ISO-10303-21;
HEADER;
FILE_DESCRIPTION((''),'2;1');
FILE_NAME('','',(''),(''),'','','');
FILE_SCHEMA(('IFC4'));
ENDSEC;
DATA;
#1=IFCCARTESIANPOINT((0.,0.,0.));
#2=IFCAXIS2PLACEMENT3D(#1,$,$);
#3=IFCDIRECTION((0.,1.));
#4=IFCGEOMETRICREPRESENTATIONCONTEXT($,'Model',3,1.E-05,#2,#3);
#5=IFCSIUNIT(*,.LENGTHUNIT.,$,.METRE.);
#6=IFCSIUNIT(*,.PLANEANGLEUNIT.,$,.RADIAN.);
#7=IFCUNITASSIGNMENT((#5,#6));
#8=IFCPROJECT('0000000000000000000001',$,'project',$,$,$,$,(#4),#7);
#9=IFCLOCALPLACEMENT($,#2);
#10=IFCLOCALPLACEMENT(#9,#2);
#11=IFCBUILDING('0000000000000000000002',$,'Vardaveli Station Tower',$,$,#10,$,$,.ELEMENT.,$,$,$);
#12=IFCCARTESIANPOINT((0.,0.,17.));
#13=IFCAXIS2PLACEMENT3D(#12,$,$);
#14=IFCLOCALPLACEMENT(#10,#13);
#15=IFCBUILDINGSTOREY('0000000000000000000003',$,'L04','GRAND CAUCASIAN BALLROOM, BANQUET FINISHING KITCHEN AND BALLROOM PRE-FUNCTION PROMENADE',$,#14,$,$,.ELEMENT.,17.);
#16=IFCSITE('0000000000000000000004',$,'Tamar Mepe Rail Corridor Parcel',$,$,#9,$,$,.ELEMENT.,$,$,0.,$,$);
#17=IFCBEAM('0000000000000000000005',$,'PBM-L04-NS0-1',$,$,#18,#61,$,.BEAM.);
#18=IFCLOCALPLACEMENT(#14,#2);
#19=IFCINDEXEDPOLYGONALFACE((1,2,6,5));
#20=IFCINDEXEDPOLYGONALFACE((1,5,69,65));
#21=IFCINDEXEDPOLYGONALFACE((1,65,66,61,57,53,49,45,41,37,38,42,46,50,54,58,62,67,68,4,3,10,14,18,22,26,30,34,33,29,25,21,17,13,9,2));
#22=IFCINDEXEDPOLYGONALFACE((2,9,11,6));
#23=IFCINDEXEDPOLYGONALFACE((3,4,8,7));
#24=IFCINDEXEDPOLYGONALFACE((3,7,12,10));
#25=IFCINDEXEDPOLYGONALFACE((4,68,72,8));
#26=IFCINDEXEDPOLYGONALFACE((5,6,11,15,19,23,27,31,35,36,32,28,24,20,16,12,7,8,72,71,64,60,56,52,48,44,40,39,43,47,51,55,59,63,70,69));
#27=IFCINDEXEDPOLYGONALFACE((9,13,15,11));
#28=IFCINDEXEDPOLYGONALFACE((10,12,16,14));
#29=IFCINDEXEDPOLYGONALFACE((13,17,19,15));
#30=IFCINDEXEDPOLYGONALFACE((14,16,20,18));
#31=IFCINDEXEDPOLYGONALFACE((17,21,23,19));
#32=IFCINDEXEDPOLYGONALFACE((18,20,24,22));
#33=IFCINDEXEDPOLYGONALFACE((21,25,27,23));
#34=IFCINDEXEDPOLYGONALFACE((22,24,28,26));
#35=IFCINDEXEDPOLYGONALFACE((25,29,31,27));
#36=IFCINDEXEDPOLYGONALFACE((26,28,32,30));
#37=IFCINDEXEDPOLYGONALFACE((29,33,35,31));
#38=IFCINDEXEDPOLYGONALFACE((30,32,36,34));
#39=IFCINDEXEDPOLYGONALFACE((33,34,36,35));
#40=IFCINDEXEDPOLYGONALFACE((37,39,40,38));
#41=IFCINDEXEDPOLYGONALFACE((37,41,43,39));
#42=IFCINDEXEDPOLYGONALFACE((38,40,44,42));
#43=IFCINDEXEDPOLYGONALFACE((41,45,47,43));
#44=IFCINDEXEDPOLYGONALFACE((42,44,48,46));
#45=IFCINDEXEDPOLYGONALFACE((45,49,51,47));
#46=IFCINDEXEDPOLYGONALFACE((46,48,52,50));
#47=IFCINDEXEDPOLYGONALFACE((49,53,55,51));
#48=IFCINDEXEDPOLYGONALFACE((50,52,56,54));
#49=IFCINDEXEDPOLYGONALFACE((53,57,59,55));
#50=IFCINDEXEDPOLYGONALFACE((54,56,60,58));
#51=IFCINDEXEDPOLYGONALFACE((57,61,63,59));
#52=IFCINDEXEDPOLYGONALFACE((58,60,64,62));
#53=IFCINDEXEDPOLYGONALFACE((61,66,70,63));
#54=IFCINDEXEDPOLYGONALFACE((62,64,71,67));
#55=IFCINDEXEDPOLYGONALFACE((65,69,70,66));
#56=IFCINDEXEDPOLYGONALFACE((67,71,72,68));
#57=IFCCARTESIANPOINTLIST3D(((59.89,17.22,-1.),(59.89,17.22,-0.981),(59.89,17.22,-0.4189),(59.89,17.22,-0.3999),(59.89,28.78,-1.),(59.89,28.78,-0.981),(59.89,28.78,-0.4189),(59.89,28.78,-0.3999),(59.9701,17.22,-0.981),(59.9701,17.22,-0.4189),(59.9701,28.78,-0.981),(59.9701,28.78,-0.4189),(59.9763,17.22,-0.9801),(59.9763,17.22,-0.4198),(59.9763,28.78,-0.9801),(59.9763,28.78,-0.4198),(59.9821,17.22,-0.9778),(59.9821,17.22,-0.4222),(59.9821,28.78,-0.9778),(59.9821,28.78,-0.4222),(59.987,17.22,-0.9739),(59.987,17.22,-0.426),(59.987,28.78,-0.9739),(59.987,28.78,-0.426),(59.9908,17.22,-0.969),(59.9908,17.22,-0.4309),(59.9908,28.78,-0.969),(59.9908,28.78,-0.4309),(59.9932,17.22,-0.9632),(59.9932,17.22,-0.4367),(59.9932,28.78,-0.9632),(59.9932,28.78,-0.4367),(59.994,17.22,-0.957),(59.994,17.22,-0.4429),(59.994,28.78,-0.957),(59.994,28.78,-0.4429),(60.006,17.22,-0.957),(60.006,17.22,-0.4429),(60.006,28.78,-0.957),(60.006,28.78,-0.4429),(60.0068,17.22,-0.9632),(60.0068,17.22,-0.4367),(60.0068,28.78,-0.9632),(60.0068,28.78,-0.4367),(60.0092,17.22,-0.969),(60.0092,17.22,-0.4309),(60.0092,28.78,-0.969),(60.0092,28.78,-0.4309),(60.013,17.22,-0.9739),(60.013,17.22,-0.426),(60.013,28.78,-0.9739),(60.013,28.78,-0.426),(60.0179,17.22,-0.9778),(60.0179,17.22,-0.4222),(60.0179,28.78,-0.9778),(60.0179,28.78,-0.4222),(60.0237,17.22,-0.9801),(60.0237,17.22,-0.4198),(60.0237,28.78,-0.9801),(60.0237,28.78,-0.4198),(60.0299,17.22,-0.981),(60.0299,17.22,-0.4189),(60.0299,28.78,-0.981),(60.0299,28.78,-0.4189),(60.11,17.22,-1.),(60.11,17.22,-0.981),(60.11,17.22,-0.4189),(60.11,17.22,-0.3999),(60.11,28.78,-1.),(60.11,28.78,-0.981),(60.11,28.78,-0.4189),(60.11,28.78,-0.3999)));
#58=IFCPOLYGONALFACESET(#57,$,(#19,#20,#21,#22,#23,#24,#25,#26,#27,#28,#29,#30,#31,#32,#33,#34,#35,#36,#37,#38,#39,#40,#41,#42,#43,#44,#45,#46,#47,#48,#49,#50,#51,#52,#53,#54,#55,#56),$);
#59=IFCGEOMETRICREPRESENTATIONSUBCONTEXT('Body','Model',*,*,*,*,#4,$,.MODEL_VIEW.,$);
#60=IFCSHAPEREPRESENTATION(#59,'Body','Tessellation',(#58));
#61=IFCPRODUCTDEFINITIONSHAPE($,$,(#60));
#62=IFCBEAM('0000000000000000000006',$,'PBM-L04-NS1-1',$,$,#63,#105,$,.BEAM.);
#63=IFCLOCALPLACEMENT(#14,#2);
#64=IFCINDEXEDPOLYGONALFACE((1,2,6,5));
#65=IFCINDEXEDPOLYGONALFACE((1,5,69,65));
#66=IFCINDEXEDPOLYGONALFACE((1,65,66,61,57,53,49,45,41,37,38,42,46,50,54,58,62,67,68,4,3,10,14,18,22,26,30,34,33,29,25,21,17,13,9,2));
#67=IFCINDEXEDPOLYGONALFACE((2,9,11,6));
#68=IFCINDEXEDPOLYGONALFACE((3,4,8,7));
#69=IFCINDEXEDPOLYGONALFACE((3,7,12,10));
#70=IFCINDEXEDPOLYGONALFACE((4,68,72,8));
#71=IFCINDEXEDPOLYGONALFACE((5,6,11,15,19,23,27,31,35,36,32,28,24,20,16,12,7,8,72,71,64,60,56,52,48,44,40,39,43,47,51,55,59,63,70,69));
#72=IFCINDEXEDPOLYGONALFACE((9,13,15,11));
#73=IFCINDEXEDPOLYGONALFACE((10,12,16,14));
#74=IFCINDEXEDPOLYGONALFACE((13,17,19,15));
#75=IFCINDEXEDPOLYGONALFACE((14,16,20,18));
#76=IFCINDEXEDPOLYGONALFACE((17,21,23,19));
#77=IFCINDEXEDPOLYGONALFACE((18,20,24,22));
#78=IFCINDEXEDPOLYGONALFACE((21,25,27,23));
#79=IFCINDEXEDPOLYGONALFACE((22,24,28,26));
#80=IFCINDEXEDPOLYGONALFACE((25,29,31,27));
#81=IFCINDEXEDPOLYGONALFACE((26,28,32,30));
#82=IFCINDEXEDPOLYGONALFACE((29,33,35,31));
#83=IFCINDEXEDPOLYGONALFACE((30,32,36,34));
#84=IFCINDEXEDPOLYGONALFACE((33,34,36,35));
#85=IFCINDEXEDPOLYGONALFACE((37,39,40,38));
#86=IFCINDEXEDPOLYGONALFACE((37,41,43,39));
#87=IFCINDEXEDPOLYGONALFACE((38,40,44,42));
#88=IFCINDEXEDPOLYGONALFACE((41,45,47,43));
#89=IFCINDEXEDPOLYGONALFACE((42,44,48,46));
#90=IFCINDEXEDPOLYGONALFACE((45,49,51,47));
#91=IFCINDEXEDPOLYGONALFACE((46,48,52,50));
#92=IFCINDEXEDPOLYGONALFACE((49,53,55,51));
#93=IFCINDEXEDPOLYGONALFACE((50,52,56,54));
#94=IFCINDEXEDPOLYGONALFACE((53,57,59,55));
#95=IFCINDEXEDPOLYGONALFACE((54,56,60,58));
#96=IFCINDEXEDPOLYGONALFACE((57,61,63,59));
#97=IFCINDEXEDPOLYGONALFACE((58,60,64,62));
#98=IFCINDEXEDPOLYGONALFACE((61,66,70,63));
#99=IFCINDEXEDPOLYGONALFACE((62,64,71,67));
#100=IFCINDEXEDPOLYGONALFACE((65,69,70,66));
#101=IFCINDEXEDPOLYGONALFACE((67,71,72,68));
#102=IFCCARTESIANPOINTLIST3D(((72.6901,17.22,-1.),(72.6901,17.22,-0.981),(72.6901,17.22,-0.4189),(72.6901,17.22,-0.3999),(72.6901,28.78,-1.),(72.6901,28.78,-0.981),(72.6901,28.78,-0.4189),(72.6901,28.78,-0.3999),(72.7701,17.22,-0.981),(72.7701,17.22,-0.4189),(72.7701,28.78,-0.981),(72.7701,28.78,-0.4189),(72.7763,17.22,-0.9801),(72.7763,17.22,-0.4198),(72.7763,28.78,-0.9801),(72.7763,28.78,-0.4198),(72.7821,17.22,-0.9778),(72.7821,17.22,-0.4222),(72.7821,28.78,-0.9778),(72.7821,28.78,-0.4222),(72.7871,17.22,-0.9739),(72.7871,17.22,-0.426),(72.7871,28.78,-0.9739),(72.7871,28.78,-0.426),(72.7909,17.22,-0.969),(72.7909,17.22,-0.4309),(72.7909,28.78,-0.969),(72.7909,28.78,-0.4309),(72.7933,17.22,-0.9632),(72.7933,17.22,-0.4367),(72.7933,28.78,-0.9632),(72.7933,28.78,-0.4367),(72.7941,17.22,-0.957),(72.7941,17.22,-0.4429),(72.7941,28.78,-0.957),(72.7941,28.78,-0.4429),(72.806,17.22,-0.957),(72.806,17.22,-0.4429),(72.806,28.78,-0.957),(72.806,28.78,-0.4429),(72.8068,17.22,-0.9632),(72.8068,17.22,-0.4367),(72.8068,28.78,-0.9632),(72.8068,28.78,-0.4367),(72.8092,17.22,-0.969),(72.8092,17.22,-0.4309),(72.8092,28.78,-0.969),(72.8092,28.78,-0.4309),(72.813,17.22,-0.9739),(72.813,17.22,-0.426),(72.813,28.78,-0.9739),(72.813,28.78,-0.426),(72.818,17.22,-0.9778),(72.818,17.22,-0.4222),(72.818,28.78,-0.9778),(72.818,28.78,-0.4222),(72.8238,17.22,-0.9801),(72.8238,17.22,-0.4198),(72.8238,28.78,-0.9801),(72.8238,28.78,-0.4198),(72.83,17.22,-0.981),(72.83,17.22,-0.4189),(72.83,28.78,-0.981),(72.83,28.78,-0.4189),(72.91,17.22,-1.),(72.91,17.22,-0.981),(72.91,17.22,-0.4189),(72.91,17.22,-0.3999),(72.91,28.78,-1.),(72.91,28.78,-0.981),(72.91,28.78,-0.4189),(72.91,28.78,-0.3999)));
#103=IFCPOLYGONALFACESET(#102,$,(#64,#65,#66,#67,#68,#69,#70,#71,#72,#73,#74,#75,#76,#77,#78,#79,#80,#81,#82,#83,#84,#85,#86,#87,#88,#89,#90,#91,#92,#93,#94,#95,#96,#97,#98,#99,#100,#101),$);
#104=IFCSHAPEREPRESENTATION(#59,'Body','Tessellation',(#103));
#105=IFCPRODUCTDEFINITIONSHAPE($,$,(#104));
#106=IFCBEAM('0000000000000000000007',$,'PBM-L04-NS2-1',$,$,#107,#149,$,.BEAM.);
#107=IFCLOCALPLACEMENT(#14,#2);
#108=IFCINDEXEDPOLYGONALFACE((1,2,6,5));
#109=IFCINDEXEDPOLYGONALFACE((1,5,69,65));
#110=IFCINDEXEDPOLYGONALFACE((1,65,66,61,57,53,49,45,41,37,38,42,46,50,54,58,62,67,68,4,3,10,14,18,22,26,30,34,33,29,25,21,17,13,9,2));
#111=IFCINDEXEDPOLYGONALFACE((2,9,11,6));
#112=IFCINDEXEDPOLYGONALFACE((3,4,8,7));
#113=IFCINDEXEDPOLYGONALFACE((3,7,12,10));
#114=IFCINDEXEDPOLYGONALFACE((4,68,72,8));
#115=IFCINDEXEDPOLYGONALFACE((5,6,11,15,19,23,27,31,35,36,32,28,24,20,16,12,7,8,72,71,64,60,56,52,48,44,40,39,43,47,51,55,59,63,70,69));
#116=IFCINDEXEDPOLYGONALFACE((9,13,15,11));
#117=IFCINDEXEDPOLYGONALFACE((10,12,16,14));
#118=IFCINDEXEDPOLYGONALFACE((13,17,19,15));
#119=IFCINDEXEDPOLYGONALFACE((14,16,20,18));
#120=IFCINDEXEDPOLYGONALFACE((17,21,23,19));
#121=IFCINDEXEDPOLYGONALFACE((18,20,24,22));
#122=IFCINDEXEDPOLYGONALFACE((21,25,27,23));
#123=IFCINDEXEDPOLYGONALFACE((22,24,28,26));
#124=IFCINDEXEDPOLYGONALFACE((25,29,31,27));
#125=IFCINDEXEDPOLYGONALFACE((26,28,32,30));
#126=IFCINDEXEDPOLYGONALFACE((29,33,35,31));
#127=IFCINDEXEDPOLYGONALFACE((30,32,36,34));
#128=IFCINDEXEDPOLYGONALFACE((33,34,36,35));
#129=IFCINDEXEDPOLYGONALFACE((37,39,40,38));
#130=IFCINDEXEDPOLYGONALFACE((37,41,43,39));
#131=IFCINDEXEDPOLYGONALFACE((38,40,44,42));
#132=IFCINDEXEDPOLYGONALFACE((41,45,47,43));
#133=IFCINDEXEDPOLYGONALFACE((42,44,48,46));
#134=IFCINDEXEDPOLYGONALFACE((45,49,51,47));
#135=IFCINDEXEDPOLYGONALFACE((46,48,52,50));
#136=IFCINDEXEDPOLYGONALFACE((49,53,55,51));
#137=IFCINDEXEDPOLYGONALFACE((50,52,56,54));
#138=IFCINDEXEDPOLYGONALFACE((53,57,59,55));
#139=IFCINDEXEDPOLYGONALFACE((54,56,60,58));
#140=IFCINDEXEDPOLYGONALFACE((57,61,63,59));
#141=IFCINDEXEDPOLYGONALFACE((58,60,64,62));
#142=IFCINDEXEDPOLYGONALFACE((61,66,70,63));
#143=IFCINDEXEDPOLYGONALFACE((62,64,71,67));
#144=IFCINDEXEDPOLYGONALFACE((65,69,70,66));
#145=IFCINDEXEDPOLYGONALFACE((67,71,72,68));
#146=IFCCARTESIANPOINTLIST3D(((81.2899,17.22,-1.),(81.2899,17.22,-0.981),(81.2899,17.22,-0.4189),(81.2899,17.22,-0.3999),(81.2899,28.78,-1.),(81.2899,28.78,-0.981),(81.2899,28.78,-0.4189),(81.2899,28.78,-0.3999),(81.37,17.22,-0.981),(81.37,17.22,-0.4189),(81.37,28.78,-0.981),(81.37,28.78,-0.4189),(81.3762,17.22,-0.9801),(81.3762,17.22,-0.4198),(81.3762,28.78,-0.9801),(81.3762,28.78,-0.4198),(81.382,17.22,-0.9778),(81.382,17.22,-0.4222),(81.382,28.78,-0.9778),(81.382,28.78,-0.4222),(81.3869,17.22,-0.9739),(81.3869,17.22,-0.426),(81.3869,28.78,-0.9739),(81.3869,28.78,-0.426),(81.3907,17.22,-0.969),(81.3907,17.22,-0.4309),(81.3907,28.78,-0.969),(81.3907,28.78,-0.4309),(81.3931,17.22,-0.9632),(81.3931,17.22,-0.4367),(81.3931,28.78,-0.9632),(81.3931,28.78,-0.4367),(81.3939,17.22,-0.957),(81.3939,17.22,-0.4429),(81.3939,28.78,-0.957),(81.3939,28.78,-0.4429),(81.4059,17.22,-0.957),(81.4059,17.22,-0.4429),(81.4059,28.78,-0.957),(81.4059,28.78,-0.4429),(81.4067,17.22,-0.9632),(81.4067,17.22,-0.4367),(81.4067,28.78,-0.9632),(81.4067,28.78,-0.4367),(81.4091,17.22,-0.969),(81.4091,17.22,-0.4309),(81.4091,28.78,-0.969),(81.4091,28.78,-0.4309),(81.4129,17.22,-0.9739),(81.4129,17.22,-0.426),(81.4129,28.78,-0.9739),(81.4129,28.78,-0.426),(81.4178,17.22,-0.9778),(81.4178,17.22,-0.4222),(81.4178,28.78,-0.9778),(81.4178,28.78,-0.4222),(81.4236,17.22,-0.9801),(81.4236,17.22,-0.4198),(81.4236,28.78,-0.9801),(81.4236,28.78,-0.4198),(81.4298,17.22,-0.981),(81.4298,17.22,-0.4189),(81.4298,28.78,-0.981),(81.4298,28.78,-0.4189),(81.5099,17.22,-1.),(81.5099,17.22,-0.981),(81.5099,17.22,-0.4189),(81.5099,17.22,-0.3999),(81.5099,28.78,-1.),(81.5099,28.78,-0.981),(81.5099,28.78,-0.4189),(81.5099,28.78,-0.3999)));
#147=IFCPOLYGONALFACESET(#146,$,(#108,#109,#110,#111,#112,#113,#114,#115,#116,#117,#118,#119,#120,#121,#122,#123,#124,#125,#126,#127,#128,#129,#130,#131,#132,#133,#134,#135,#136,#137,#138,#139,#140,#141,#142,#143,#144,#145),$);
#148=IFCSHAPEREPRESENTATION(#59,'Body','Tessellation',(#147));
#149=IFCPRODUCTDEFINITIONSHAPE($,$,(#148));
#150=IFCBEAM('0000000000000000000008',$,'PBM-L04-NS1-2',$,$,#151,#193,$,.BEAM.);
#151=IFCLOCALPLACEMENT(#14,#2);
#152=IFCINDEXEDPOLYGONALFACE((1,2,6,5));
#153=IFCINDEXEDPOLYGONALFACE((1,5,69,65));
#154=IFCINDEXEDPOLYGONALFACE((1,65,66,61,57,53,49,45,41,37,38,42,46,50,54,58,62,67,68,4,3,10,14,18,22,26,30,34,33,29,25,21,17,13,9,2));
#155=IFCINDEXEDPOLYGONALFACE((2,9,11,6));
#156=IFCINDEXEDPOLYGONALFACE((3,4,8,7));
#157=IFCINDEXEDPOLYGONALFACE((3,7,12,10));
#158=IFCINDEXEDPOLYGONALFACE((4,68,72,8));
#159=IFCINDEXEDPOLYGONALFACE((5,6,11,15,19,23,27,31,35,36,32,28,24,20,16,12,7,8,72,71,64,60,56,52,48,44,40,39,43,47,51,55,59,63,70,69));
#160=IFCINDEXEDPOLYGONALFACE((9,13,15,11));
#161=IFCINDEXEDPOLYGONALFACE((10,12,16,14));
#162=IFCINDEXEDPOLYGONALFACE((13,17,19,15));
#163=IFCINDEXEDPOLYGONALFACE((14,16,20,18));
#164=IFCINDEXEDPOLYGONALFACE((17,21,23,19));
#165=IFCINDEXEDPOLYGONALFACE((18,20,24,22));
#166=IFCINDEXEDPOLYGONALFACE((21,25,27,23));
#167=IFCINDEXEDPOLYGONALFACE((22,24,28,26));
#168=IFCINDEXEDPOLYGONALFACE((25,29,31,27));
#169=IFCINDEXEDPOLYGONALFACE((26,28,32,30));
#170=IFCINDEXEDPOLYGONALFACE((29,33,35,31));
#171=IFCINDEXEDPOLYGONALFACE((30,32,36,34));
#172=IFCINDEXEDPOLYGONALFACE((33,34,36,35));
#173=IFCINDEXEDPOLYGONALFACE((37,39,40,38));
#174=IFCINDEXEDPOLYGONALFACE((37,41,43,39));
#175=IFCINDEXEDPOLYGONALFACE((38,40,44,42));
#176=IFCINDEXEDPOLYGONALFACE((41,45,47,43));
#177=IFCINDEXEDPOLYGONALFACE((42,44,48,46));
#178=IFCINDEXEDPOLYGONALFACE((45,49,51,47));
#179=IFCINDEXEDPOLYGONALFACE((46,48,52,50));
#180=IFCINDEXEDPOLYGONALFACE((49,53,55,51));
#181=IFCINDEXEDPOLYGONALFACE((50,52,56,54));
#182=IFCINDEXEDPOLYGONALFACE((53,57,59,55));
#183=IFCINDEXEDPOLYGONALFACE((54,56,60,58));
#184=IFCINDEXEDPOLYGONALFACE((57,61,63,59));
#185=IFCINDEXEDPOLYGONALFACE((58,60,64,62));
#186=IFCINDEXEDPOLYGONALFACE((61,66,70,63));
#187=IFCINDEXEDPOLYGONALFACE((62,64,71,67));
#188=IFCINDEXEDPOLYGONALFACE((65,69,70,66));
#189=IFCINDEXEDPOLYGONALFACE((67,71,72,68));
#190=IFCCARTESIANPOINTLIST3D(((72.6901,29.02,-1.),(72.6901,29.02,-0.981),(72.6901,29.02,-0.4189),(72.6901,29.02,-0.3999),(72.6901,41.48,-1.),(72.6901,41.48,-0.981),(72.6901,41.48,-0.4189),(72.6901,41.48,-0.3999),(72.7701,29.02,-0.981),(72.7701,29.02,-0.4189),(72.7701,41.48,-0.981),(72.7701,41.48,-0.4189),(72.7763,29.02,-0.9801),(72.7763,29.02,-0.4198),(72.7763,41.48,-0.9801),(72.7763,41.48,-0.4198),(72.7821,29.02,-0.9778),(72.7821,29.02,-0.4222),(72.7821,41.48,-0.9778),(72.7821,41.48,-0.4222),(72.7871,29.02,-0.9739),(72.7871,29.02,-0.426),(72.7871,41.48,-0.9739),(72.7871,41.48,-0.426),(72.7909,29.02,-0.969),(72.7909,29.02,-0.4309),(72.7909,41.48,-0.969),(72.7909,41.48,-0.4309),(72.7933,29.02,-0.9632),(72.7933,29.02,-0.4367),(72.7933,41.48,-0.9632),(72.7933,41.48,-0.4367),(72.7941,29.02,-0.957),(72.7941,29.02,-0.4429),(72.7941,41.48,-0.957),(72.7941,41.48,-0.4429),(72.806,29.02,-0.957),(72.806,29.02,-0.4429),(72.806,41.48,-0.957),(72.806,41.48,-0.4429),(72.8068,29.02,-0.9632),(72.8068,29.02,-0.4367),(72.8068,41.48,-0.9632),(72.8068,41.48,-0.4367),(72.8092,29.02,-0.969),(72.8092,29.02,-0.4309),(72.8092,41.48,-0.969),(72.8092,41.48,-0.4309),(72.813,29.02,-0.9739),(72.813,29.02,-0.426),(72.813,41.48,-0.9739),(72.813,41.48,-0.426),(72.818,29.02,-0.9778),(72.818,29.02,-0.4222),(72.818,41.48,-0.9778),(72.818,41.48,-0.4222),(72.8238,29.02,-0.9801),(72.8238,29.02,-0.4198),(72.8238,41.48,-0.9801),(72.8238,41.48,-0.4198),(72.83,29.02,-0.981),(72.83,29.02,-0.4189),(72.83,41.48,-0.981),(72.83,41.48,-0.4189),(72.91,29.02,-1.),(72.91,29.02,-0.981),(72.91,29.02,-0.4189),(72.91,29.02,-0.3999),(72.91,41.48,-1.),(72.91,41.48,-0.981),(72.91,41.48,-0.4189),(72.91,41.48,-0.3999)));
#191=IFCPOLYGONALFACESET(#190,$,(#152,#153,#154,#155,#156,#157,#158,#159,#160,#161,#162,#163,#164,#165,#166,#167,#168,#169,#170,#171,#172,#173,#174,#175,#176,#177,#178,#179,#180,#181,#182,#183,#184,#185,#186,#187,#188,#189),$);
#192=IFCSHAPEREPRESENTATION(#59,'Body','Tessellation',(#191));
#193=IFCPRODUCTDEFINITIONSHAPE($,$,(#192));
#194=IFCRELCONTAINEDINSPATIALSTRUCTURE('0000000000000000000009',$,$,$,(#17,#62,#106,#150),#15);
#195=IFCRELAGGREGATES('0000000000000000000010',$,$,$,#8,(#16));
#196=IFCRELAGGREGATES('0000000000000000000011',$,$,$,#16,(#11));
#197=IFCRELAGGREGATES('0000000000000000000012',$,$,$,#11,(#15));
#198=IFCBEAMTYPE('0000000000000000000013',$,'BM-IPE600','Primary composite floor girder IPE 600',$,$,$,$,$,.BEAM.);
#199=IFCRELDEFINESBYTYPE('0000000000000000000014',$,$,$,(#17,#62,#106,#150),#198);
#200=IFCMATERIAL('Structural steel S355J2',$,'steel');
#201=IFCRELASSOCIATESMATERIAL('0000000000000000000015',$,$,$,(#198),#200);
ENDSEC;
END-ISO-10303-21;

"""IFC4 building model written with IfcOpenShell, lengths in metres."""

from ifc_helpers import new_model, si_unit, direction, frame, origin, origin_2d, place, context, subcontext, project, spatial, i_section, extrude, source, transform, mapped, material, material_profile, profile_set, type_object, element, save


model = new_model("IFC4")

# Units and contexts
model_context = context("Model", 3, precision=1e-05, world=origin(), true_north=direction((0.0, 1.0)))
body_context = subcontext(model_context, "Body", "Model", "MODEL_VIEW")
ifc_project = project(units=[si_unit("LENGTHUNIT", "METRE"), si_unit("PLANEANGLEUNIT", "RADIAN")], contexts=[model_context])

# Site, building, storey
site_placement = place(None, origin())
site = spatial("IfcSite", under=ifc_project, at=site_placement, Name="Tamar Mepe Rail Corridor Parcel", CompositionType="ELEMENT", RefElevation=0.0)
building_placement = place(site_placement, origin())
building = spatial("IfcBuilding", under=site, at=building_placement, Name="Vardaveli Station Tower", CompositionType="ELEMENT")
storey_placement = place(building_placement, frame((0.0, 0.0, 17.0)))
storey = spatial("IfcBuildingStorey", under=building, at=storey_placement, Name="L04", Description="GRAND CAUCASIAN BALLROOM, BANQUET FINISHING KITCHEN AND BALLROOM PRE-FUNCTION PROMENADE", CompositionType="ELEMENT", Elevation=17.0)

# Beams
ifc_material_1 = material(Name="Structural steel S355J2", Category="steel")
ifc_material_profile_1 = material_profile(ifc_material_1, i_section(OverallWidth=0.22, OverallDepth=0.6001, WebThickness=0.012, FlangeThickness=0.019, FilletRadius=0.0239, at=origin_2d()), Name="IPE 600")
ifc_profile_set_1 = profile_set([ifc_material_profile_1], Name="Structural steel S355J2")
beam_type_1 = type_object("IfcBeamType", Name="BM-IPE600", Description="Primary composite floor girder IPE 600", PredefinedType="BEAM", material=ifc_profile_set_1)
shared_shape_1 = source(origin(), body_context, "Body", "SweptSolid", [
    extrude(i_section(OverallWidth=0.22, OverallDepth=0.6001, WebThickness=0.012, FlangeThickness=0.019, FilletRadius=0.0239, at=origin_2d()), origin(), (0.0, 0.0, 1.0), 11.5601),
])
for number, where, z_axis, x_axis, name in (
    (1, (60.0, 17.22, -0.7), (0.0, 1.0, 0.0), (-1.0, 0.0, 0.0), "PBM-L04-NS0-1"),
    (2, (72.8, 17.22, -0.7), (0.0, 1.0, 0.0), (-1.0, 0.0, 0.0), "PBM-L04-NS1-1"),
    (3, (81.3999, 17.22, -0.7), (0.0, 1.0, 0.0), (-1.0, 0.0, 0.0), "PBM-L04-NS2-1"),
):
    element("IfcBeam", number, at=place(storey_placement, frame(where, z_axis=z_axis, x_axis=x_axis)), inside=storey, type_object=beam_type_1, Name=name, PredefinedType="BEAM", context=body_context, shape_type="MappedRepresentation", body=[
        mapped(shared_shape_1, transform((0.0, 0.0, 0.0), scale=1.0)),
    ])
shared_shape_2 = source(origin(), body_context, "Body", "SweptSolid", [
    extrude(i_section(OverallWidth=0.22, OverallDepth=0.6001, WebThickness=0.012, FlangeThickness=0.019, FilletRadius=0.0239, at=origin_2d()), origin(), (0.0, 0.0, 1.0), 12.46),
])
for number, where, z_axis, x_axis, name in (
    (4, (72.8, 29.02, -0.7), (0.0, 1.0, 0.0), (-1.0, 0.0, 0.0), "PBM-L04-NS1-2"),
):
    element("IfcBeam", number, at=place(storey_placement, frame(where, z_axis=z_axis, x_axis=x_axis)), inside=storey, type_object=beam_type_1, Name=name, PredefinedType="BEAM", context=body_context, shape_type="MappedRepresentation", body=[
        mapped(shared_shape_2, transform((0.0, 0.0, 0.0), scale=1.0)),
    ])

save(model, "model.ifc")
